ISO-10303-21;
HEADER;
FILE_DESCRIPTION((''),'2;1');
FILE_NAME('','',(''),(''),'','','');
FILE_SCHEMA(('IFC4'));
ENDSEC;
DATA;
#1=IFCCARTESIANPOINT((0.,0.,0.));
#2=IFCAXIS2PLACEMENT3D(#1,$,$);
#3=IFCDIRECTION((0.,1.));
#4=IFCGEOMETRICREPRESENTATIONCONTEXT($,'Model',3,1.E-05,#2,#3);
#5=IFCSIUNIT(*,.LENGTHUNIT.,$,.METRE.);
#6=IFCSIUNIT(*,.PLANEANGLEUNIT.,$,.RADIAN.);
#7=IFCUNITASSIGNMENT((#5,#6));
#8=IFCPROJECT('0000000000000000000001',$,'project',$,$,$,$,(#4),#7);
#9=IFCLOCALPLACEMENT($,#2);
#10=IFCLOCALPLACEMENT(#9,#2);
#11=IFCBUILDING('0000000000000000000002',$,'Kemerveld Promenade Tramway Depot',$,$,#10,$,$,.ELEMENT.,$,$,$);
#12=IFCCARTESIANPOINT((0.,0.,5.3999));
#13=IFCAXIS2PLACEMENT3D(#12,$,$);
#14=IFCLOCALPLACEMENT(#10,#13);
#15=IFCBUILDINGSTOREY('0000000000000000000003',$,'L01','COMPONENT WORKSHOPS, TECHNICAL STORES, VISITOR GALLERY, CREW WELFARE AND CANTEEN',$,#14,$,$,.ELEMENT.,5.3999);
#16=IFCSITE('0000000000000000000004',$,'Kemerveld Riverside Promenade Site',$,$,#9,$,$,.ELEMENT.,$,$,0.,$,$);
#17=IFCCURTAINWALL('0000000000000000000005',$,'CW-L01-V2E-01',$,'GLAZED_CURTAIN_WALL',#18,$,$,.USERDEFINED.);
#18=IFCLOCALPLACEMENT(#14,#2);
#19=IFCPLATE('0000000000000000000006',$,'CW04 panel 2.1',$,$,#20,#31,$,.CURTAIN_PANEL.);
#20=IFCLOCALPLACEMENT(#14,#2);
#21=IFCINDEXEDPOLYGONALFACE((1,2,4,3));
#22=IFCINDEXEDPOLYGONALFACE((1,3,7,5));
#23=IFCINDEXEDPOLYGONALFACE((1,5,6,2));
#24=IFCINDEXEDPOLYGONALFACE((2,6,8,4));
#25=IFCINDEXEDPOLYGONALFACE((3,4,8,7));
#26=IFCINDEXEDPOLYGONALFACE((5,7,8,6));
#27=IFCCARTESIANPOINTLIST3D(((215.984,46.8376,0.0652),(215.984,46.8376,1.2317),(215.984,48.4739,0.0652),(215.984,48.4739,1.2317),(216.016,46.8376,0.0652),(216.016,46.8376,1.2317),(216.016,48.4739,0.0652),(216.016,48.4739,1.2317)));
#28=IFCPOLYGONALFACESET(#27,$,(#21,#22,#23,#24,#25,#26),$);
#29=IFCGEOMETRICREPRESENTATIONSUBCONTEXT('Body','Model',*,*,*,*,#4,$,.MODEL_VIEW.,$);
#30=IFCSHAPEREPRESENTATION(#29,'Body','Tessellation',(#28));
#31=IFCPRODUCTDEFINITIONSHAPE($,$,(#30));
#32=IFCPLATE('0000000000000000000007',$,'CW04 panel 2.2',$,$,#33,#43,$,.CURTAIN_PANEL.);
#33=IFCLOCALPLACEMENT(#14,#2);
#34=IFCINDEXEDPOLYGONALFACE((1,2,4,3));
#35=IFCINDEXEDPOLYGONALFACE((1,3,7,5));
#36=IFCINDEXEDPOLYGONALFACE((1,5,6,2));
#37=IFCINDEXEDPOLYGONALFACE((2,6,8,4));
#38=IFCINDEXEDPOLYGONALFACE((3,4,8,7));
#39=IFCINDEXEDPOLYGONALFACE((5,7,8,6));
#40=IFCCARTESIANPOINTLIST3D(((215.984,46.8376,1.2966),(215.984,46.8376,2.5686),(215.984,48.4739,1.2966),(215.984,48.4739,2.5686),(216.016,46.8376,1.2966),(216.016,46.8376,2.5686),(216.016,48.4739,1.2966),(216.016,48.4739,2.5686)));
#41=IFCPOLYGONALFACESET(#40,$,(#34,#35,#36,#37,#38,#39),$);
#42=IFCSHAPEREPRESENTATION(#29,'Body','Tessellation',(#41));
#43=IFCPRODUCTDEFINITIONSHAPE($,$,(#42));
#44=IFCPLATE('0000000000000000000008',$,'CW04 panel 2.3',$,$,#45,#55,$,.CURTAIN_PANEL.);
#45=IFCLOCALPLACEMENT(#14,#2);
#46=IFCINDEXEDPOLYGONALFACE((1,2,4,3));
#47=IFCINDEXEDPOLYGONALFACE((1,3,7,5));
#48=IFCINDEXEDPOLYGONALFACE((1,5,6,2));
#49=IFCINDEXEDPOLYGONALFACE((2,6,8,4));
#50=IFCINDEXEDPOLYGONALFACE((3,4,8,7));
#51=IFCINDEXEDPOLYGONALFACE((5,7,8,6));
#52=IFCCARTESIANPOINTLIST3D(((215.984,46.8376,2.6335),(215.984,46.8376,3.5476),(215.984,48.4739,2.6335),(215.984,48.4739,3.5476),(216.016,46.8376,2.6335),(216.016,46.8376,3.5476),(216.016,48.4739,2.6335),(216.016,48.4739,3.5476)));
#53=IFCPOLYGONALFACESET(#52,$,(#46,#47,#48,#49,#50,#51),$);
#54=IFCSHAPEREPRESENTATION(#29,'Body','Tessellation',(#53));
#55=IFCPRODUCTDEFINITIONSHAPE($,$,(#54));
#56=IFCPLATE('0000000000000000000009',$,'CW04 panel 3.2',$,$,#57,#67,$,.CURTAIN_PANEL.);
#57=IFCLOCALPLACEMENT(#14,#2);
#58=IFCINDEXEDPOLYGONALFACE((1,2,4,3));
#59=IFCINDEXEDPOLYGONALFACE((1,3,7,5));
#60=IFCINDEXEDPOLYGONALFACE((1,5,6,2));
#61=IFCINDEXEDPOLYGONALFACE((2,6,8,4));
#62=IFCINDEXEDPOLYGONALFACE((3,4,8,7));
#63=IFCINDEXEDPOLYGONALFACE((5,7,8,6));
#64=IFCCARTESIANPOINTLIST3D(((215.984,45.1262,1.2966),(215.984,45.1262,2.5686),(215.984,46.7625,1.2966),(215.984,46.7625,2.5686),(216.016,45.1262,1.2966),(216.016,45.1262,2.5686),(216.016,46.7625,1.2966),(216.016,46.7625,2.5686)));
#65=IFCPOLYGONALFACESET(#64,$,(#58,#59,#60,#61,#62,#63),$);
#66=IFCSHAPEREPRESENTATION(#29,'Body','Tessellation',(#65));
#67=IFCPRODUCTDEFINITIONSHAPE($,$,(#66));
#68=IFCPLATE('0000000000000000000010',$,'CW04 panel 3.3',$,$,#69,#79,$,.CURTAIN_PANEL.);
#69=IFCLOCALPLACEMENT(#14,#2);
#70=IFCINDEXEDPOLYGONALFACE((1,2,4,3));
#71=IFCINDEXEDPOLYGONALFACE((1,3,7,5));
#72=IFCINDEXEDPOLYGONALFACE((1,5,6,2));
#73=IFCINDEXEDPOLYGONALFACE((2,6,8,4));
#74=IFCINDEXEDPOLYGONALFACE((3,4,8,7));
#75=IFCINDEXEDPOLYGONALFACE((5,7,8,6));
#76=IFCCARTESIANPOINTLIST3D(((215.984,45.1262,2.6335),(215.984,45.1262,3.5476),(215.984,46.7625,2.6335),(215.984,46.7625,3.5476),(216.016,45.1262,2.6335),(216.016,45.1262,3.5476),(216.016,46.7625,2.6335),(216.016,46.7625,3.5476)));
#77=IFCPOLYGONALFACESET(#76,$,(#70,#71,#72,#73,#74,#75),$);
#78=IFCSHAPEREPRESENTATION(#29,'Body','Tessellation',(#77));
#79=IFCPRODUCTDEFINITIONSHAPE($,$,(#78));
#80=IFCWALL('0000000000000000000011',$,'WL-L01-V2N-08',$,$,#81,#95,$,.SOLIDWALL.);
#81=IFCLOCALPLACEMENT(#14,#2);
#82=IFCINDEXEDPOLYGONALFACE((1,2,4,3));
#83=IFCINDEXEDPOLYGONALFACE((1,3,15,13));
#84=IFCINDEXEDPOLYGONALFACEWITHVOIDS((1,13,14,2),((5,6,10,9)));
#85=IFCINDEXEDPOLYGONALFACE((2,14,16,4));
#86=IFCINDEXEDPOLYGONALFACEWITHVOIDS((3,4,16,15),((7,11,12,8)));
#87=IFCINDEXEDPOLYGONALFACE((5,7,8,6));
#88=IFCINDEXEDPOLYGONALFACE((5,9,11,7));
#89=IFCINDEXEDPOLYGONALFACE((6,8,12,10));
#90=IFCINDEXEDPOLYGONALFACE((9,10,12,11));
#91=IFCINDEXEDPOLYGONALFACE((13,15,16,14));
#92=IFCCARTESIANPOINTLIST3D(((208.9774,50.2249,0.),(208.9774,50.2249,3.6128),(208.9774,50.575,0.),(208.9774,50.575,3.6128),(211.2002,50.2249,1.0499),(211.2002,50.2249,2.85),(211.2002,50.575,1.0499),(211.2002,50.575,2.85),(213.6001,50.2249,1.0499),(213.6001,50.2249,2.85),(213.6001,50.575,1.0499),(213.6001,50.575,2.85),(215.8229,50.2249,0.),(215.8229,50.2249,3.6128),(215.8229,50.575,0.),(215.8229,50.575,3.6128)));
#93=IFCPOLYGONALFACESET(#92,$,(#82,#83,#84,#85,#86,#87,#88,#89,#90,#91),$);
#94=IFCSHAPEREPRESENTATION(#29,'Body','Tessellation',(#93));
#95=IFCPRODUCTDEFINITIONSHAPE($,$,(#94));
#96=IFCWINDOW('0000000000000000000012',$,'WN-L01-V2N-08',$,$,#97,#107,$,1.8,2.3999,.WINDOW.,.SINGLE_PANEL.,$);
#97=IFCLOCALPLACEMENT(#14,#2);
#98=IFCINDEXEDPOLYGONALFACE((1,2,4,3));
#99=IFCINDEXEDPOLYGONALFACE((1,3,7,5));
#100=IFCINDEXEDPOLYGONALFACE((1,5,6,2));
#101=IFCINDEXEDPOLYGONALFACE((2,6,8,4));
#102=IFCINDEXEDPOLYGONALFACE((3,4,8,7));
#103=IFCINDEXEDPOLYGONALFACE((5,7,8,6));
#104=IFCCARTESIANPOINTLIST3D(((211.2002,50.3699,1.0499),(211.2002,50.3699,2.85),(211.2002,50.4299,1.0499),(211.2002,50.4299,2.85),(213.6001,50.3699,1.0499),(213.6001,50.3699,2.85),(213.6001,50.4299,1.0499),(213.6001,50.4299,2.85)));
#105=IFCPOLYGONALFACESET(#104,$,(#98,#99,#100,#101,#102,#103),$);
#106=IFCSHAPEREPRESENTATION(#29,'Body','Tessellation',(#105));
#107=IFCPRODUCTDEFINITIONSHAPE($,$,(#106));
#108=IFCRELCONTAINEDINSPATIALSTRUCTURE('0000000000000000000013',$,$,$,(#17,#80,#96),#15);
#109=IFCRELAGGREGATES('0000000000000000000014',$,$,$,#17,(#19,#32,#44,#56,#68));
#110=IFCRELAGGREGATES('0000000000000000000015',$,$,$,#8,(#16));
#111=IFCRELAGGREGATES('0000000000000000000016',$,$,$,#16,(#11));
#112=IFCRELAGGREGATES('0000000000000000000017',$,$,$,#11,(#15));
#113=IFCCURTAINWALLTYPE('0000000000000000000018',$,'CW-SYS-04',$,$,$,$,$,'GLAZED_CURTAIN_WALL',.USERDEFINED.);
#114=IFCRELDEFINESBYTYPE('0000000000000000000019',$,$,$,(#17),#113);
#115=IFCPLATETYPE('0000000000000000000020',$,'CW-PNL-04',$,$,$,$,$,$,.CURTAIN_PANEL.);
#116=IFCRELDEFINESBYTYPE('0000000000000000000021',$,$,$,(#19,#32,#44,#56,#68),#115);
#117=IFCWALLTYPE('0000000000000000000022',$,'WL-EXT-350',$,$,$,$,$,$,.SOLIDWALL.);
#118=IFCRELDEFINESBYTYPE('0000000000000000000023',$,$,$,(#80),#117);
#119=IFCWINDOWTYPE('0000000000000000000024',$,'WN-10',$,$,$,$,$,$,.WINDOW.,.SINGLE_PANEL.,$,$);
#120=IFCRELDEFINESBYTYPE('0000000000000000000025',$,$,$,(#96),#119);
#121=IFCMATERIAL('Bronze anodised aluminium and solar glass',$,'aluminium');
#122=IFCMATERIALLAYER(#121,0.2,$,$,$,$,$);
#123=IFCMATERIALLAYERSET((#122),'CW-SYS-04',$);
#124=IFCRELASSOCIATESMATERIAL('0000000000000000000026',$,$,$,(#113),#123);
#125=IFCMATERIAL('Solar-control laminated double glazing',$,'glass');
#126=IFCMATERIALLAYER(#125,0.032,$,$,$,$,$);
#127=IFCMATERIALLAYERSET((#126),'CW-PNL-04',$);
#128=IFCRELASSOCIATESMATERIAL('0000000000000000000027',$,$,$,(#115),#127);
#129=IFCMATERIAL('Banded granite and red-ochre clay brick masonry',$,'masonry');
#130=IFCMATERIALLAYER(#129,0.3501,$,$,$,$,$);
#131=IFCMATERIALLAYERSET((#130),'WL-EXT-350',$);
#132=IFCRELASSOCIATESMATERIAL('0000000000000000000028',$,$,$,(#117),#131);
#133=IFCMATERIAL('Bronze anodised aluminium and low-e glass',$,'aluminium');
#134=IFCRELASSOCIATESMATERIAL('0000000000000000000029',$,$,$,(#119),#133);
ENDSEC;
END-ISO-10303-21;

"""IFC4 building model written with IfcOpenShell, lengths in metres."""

from ifc_helpers import new_model, si_unit, direction, frame, frame_2d, origin, origin_2d, place, context, subcontext, project, spatial, rectangle, extrude, material, layer, layer_set, type_object, element, fill, aggregate, save


model = new_model("IFC4")

# Units and contexts
model_context = context("Model", 3, precision=1e-05, world=origin(), true_north=direction((0.0, 1.0)))
body_context = subcontext(model_context, "Body", "Model", "MODEL_VIEW")
ifc_project = project(units=[si_unit("LENGTHUNIT", "METRE"), si_unit("PLANEANGLEUNIT", "RADIAN")], contexts=[model_context])

# Site, building, storey
site_placement = place(None, origin())
site = spatial("IfcSite", under=ifc_project, at=site_placement, Name="Kemerveld Riverside Promenade Site", CompositionType="ELEMENT", RefElevation=0.0)
building_placement = place(site_placement, origin())
building = spatial("IfcBuilding", under=site, at=building_placement, Name="Kemerveld Promenade Tramway Depot", CompositionType="ELEMENT")
storey_placement = place(building_placement, frame((0.0, 0.0, 5.3999)))
storey = spatial("IfcBuildingStorey", under=building, at=storey_placement, Name="L01", Description="COMPONENT WORKSHOPS, TECHNICAL STORES, VISITOR GALLERY, CREW WELFARE AND CANTEEN", CompositionType="ELEMENT", Elevation=5.3999)

# Shared definitions
ifc_material_1 = material(Name="Bronze anodised aluminium and solar glass", Category="aluminium")

# Curtain wall
ifc_layer_1 = layer(ifc_material_1, 0.2)
ifc_layer_set_1 = layer_set([ifc_layer_1], Name="CW-SYS-04")
curtain_wall_type_1 = type_object("IfcCurtainWallType", Name="CW-SYS-04", ElementType="GLAZED_CURTAIN_WALL", PredefinedType="USERDEFINED", material=ifc_layer_set_1)
curtain_wall_1_placement = place(storey_placement, origin())
curtain_wall_1 = element("IfcCurtainWall", 1, at=curtain_wall_1_placement, inside=storey, type_object=curtain_wall_type_1, Name="CW-L01-V2E-01", ObjectType="GLAZED_CURTAIN_WALL", PredefinedType="USERDEFINED")

# Plates
ifc_material_2 = material(Name="Solar-control laminated double glazing", Category="glass")
ifc_layer_2 = layer(ifc_material_2, 0.032)
ifc_layer_set_2 = layer_set([ifc_layer_2], Name="CW-PNL-04")
plate_type_1 = type_object("IfcPlateType", Name="CW-PNL-04", PredefinedType="CURTAIN_PANEL", material=ifc_layer_set_2)
plate_1_placement = place(storey_placement, frame((216.0, 47.6558, 0.0652), z_axis=(0.0, 0.0, 1.0), x_axis=(0.0, -1.0, 0.0)))
plate_1 = element("IfcPlate", 2, at=plate_1_placement, type_object=plate_type_1, Name="CW04 panel 2.1", PredefinedType="CURTAIN_PANEL", context=body_context, shape_type="SweptSolid", body=[
    extrude(rectangle(XDim=1.6362, YDim=0.032, at=origin_2d()), origin(), (0.0, 0.0, 1.0), 1.1665),
])
plate_2_placement = place(storey_placement, frame((216.0, 47.6558, 1.2966), z_axis=(0.0, 0.0, 1.0), x_axis=(0.0, -1.0, 0.0)))
plate_2 = element("IfcPlate", 3, at=plate_2_placement, type_object=plate_type_1, Name="CW04 panel 2.2", PredefinedType="CURTAIN_PANEL", context=body_context, shape_type="SweptSolid", body=[
    extrude(rectangle(XDim=1.6362, YDim=0.032, at=origin_2d()), origin(), (0.0, 0.0, 1.0), 1.272),
])
plate_3_placement = place(storey_placement, frame((216.0, 47.6558, 2.6335), z_axis=(0.0, 0.0, 1.0), x_axis=(0.0, -1.0, 0.0)))
plate_3 = element("IfcPlate", 4, at=plate_3_placement, type_object=plate_type_1, Name="CW04 panel 2.3", PredefinedType="CURTAIN_PANEL", context=body_context, shape_type="SweptSolid", body=[
    extrude(rectangle(XDim=1.6362, YDim=0.032, at=origin_2d()), origin(), (0.0, 0.0, 1.0), 0.9141),
])
plate_4_placement = place(storey_placement, frame((216.0, 45.9443, 1.2966), z_axis=(0.0, 0.0, 1.0), x_axis=(0.0, -1.0, 0.0)))
plate_4 = element("IfcPlate", 5, at=plate_4_placement, type_object=plate_type_1, Name="CW04 panel 3.2", PredefinedType="CURTAIN_PANEL", context=body_context, shape_type="SweptSolid", body=[
    extrude(rectangle(XDim=1.6362, YDim=0.032, at=origin_2d()), origin(), (0.0, 0.0, 1.0), 1.272),
])
plate_5_placement = place(storey_placement, frame((216.0, 45.9443, 2.6335), z_axis=(0.0, 0.0, 1.0), x_axis=(0.0, -1.0, 0.0)))
plate_5 = element("IfcPlate", 6, at=plate_5_placement, type_object=plate_type_1, Name="CW04 panel 3.3", PredefinedType="CURTAIN_PANEL", context=body_context, shape_type="SweptSolid", body=[
    extrude(rectangle(XDim=1.6362, YDim=0.032, at=origin_2d()), origin(), (0.0, 0.0, 1.0), 0.9141),
])
aggregate(curtain_wall_1, [plate_1, plate_2, plate_3, plate_4, plate_5])

# Wall, opening, window
ifc_material_3 = material(Name="Banded granite and red-ochre clay brick masonry", Category="masonry")
ifc_layer_3 = layer(ifc_material_3, 0.3501)
ifc_layer_set_3 = layer_set([ifc_layer_3], Name="WL-EXT-350")
wall_type = type_object("IfcWallType", Name="WL-EXT-350", PredefinedType="SOLIDWALL", material=ifc_layer_set_3)
wall_placement = place(storey_placement, frame((208.9773, 50.3999, 0.0), z_axis=(0.0, 0.0, 1.0), x_axis=(1.0, 0.0, 0.0)))
wall = element("IfcWall", 7, at=wall_placement, inside=storey, type_object=wall_type, Name="WL-L01-V2N-08", PredefinedType="SOLIDWALL", context=body_context, shape_type="SweptSolid", body=[
    extrude(rectangle(XDim=6.8455, YDim=0.3501, at=frame_2d((3.4229, 0.0))), origin(), (0.0, 0.0, 1.0), 3.6128),
])
opening_placement = place(wall_placement, frame((2.2229, 0.0, 1.05)))
opening = element("IfcOpeningElement", 8, at=opening_placement, cuts=wall, PredefinedType="OPENING", context=body_context, shape_type="SweptSolid", body=[
    extrude(rectangle(XDim=2.3999, YDim=1.8, at=frame_2d((1.2, 0.8999))), frame((0.0, 0.1851, 0.0), z_axis=(0.0, -1.0, 0.0), x_axis=(1.0, 0.0, 0.0)), (0.0, 0.0, 1.0), 0.3701),
])
ifc_material_4 = material(Name="Bronze anodised aluminium and low-e glass", Category="aluminium")
window_type = type_object("IfcWindowType", Name="WN-10", PartitioningType="SINGLE_PANEL", PredefinedType="WINDOW", material=ifc_material_4)
window_placement = place(opening_placement, origin())
window = element("IfcWindow", 9, at=window_placement, inside=storey, type_object=window_type, Name="WN-L01-V2N-08", OverallHeight=1.8, OverallWidth=2.3999, PartitioningType="SINGLE_PANEL", PredefinedType="WINDOW", context=body_context, shape_type="SweptSolid", body=[
    extrude(rectangle(XDim=2.3999, YDim=1.8, at=frame_2d((1.2, 0.8999))), frame((0.0, 0.03, 0.0), z_axis=(0.0, -1.0, 0.0), x_axis=(1.0, 0.0, 0.0)), (0.0, 0.0, 1.0), 0.0601),
])
fill(opening, window)

save(model, "model.ifc")
